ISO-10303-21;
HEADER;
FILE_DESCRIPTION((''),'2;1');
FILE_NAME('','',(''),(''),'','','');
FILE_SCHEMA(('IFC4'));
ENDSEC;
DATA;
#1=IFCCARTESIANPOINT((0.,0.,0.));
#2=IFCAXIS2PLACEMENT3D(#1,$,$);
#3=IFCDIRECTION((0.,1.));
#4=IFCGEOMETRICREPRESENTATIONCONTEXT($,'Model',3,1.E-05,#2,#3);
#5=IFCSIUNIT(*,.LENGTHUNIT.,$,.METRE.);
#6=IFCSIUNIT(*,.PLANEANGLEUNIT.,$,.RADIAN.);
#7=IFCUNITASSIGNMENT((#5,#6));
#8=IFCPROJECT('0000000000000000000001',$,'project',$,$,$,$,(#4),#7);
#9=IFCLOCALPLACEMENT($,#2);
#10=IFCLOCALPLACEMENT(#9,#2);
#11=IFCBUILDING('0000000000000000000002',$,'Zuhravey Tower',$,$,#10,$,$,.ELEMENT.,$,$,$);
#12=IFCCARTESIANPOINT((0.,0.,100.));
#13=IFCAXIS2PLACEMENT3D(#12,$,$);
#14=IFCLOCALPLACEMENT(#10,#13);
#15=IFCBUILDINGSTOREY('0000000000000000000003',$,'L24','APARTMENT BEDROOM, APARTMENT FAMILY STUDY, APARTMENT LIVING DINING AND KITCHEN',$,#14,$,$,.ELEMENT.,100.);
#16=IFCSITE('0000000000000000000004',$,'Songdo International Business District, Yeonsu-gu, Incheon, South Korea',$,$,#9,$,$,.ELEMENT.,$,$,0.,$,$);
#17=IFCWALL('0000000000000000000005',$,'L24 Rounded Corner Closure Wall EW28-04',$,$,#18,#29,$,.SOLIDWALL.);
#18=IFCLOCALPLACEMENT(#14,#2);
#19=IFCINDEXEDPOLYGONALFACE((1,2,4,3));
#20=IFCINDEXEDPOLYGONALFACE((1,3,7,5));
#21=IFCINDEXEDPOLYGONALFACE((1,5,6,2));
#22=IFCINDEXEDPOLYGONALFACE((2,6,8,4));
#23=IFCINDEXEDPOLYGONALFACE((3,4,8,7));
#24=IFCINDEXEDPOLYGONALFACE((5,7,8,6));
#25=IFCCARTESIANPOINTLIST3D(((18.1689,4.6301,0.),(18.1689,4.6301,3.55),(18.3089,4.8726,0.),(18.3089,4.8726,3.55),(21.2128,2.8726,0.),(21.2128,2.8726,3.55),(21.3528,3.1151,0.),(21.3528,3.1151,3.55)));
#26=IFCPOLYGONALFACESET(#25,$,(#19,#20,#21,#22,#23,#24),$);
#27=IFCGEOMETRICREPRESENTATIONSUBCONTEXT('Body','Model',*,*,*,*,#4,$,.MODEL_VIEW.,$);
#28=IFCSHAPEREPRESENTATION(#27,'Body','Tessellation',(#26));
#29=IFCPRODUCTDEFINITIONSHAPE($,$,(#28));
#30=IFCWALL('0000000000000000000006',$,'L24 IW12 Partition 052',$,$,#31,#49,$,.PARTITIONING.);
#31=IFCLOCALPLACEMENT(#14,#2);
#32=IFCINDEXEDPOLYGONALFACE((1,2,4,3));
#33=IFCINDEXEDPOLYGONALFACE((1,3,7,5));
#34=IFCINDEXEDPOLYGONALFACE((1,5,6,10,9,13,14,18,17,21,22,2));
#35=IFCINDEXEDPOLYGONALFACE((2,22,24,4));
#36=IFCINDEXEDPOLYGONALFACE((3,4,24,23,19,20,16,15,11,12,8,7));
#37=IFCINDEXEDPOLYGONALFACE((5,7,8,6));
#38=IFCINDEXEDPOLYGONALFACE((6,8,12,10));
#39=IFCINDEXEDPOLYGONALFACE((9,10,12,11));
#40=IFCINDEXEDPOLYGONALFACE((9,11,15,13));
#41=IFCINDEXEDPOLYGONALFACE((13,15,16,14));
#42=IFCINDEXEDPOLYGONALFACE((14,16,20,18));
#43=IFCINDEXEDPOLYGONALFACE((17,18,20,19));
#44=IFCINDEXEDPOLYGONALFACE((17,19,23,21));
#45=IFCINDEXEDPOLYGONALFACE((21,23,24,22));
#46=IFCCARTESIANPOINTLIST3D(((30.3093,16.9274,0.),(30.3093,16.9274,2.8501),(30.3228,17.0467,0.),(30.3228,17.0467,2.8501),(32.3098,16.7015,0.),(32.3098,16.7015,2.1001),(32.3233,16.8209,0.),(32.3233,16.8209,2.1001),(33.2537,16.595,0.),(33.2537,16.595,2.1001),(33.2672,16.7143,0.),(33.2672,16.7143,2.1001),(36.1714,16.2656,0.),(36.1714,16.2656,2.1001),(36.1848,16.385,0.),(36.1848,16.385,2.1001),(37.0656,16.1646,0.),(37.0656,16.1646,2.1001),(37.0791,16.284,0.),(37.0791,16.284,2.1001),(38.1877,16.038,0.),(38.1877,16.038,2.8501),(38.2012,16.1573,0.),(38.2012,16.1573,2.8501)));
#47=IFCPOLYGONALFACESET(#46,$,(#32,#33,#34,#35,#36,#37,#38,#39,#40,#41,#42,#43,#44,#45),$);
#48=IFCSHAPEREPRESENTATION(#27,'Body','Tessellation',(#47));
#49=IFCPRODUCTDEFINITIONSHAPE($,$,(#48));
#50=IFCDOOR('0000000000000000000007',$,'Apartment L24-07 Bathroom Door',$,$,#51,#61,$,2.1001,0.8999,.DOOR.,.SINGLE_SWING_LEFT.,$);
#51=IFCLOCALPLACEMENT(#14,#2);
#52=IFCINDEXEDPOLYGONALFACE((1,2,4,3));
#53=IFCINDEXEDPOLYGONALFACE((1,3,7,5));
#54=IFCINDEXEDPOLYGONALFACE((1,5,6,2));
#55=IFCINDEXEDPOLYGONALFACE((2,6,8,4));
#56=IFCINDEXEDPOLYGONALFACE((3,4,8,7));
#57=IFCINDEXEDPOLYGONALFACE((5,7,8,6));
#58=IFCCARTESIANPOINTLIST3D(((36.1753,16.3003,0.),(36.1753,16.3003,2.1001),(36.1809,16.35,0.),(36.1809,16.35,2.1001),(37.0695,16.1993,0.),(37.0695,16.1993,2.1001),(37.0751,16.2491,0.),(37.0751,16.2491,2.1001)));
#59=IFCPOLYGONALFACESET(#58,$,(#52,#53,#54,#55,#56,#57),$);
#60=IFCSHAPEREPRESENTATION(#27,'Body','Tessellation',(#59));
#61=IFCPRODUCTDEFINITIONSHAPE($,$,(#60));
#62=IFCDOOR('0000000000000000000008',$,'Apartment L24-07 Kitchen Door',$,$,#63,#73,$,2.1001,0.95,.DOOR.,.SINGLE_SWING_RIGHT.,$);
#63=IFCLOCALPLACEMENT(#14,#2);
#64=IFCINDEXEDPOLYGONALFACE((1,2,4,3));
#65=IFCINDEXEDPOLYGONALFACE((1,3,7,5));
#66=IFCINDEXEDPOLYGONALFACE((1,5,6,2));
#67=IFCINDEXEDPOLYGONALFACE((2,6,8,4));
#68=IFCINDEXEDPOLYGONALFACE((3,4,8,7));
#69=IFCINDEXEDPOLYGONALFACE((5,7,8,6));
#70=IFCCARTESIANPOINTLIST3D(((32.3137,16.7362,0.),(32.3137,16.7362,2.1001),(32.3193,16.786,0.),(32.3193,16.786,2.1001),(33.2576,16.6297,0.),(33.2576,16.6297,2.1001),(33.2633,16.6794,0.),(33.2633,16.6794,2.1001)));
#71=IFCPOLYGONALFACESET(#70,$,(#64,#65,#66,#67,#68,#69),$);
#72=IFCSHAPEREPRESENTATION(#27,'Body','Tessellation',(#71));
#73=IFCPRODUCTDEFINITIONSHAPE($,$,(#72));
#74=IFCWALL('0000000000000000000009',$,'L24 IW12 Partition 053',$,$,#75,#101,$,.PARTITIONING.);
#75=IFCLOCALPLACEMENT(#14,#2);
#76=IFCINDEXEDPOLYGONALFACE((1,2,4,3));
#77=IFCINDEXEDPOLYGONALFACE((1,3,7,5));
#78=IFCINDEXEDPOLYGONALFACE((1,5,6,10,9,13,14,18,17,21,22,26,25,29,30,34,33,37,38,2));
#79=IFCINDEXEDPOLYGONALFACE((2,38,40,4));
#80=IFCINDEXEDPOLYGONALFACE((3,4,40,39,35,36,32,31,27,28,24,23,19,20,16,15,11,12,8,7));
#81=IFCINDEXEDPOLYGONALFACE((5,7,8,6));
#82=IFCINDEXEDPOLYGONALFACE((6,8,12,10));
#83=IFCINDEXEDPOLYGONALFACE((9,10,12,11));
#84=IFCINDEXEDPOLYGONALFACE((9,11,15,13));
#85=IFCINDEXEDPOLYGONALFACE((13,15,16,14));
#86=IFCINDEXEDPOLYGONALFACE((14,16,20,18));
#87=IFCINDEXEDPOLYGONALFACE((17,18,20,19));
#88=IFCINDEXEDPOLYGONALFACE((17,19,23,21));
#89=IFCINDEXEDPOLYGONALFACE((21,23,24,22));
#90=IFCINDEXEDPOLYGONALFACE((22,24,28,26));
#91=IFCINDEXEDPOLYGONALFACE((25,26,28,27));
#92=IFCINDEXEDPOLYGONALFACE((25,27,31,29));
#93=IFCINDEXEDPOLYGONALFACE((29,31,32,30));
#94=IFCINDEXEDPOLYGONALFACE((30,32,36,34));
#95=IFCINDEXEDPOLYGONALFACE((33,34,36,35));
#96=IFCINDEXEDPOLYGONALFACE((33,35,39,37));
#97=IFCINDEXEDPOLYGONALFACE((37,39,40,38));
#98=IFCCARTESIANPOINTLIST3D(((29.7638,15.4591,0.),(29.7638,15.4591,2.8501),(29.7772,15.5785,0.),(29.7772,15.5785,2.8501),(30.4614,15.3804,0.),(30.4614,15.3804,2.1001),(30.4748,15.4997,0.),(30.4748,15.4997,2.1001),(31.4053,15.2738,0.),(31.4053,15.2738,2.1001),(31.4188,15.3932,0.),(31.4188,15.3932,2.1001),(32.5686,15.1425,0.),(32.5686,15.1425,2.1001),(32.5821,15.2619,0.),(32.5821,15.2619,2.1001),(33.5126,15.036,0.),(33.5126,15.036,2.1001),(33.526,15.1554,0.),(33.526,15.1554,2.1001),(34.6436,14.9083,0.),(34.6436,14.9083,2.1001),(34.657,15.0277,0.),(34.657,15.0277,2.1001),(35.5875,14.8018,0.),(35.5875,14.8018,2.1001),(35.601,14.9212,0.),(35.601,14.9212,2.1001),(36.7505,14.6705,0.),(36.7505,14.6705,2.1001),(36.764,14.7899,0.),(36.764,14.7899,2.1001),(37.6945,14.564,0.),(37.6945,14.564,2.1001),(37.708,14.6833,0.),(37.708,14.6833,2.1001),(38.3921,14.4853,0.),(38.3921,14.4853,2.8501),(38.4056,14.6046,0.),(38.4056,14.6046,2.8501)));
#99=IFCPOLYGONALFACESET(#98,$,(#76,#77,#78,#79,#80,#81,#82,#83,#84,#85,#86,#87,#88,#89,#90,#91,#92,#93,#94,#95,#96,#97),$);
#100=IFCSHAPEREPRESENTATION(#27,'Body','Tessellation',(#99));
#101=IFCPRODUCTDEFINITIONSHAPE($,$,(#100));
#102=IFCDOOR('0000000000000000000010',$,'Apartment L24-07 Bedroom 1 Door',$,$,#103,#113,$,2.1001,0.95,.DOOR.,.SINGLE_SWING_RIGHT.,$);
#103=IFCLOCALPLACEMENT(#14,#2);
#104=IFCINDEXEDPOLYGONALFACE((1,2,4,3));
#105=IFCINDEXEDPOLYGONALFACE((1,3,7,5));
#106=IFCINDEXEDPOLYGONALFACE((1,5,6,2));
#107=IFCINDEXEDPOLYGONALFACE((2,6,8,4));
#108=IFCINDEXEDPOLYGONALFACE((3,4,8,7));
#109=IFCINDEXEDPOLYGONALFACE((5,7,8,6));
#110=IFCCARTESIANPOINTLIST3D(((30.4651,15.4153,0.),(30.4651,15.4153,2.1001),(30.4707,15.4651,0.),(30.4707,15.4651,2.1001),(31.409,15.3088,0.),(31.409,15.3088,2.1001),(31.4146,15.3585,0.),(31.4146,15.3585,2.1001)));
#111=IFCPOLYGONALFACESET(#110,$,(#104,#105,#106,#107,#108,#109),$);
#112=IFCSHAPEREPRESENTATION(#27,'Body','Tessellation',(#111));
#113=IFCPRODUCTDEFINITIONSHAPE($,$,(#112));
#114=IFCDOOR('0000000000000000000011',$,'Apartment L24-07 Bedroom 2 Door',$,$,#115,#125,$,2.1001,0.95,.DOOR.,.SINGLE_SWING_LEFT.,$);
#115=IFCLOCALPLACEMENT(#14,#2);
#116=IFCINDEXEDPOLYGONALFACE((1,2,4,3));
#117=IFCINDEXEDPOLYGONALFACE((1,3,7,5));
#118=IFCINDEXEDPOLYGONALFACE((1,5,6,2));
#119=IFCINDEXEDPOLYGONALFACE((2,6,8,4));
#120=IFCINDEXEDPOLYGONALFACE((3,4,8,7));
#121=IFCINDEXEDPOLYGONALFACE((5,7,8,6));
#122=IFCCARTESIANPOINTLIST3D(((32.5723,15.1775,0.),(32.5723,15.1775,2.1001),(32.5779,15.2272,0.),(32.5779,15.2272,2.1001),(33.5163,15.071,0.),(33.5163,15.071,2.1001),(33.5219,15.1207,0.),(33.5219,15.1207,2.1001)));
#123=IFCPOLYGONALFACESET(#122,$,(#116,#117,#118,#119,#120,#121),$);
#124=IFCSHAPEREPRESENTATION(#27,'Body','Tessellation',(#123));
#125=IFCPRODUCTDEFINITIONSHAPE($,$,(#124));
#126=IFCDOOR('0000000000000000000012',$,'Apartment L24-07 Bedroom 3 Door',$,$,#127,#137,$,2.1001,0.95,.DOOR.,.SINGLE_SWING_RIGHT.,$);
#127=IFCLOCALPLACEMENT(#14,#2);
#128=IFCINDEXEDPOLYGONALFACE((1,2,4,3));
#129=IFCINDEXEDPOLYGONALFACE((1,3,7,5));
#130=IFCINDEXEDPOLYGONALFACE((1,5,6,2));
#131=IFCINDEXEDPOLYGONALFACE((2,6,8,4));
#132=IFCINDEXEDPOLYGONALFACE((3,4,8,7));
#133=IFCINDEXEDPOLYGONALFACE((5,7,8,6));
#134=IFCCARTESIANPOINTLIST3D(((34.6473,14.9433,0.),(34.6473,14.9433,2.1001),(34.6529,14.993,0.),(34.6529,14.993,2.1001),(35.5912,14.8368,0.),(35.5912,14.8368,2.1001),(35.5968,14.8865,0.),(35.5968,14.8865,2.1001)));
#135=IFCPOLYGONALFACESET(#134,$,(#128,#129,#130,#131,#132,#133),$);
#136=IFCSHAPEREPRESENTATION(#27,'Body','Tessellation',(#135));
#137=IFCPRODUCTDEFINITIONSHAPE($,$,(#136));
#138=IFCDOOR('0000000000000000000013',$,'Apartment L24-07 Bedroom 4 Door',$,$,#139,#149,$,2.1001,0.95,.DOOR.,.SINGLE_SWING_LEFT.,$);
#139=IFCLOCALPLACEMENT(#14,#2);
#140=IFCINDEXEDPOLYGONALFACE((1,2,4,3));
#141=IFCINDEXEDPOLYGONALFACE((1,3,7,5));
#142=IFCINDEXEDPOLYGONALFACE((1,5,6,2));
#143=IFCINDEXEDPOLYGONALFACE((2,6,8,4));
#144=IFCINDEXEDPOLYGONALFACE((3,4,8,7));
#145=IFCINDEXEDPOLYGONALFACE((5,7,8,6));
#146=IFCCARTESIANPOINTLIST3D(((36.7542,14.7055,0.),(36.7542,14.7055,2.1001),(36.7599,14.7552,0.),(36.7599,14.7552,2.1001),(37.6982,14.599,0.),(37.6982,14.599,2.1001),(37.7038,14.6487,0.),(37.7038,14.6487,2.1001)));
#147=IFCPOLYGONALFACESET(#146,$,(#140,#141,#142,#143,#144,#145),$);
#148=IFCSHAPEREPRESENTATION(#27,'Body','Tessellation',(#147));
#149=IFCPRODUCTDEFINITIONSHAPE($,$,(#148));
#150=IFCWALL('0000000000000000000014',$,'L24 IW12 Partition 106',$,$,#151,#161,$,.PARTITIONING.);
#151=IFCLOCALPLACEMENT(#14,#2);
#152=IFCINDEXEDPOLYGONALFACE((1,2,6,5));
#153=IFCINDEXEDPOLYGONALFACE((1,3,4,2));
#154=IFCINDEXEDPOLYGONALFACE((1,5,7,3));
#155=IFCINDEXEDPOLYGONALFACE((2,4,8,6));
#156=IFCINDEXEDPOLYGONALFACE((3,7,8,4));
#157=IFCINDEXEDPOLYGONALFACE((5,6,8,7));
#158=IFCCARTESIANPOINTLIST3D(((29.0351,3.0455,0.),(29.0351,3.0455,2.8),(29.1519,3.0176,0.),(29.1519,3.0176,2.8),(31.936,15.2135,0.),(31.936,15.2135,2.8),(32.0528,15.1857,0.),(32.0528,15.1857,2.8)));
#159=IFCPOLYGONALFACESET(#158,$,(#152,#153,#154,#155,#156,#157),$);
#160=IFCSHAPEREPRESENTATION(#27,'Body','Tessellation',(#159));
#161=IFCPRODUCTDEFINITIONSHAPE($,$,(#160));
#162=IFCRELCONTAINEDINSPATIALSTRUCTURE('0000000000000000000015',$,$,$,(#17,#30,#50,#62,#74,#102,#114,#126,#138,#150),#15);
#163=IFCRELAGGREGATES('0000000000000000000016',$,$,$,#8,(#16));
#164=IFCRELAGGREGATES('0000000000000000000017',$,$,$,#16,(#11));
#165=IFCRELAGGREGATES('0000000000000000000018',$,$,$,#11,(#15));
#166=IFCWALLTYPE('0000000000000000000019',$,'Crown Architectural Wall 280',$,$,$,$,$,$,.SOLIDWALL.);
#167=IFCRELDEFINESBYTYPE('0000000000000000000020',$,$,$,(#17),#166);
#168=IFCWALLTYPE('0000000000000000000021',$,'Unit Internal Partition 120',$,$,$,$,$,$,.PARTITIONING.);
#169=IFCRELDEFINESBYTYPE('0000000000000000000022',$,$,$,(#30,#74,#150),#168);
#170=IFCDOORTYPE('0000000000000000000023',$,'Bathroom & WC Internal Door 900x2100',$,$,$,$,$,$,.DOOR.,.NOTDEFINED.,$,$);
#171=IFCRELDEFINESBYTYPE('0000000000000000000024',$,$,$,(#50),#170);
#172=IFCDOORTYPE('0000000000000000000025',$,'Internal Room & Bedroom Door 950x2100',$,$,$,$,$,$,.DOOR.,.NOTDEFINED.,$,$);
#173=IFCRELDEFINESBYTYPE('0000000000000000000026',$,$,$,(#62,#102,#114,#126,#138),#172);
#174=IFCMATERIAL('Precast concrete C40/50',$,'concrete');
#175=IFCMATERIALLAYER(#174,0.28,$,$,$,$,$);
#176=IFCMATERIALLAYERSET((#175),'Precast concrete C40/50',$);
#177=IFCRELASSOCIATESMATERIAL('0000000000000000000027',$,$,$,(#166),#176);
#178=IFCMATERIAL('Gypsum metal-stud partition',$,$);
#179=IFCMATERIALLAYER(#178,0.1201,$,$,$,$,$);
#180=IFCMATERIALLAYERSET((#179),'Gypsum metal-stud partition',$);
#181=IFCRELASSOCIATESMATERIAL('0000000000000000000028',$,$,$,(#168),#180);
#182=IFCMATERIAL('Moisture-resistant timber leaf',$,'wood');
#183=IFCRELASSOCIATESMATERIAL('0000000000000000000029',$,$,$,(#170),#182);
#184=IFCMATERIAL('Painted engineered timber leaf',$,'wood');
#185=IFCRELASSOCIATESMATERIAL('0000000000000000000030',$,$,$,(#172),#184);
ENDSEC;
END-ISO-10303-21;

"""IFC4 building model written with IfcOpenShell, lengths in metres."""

from ifc_helpers import new_model, si_unit, direction, frame, frame_2d, origin, place, context, subcontext, project, spatial, rectangle, extrude, material, layer, layer_set, type_object, element, fill, save


model = new_model("IFC4")

# Units and contexts
model_context = context("Model", 3, precision=1e-05, world=origin(), true_north=direction((0.0, 1.0)))
body_context = subcontext(model_context, "Body", "Model", "MODEL_VIEW")
ifc_project = project(units=[si_unit("LENGTHUNIT", "METRE"), si_unit("PLANEANGLEUNIT", "RADIAN")], contexts=[model_context])

# Site, building, storey
site_placement = place(None, origin())
site = spatial("IfcSite", under=ifc_project, at=site_placement, Name="Songdo International Business District, Yeonsu-gu, Incheon, South Korea", CompositionType="ELEMENT", RefElevation=0.0)
building_placement = place(site_placement, origin())
building = spatial("IfcBuilding", under=site, at=building_placement, Name="Zuhravey Tower", CompositionType="ELEMENT")
storey_placement = place(building_placement, frame((0.0, 0.0, 100.0)))
storey = spatial("IfcBuildingStorey", under=building, at=storey_placement, Name="L24", Description="APARTMENT BEDROOM, APARTMENT FAMILY STUDY, APARTMENT LIVING DINING AND KITCHEN", CompositionType="ELEMENT", Elevation=100.0)

# Wall
ifc_material_1 = material(Name="Precast concrete C40/50", Category="concrete")
ifc_layer_1 = layer(ifc_material_1, 0.28)
ifc_layer_set_1 = layer_set([ifc_layer_1], Name="Precast concrete C40/50")
wall_type_1 = type_object("IfcWallType", Name="Crown Architectural Wall 280", PredefinedType="SOLIDWALL", material=ifc_layer_set_1)
wall_1_placement = place(storey_placement, frame((21.2827, 2.9939, 0.0), z_axis=(0.0, 0.0, 1.0), x_axis=(-0.866007, 0.500031, 0.0)))
element("IfcWall", 1, at=wall_1_placement, inside=storey, type_object=wall_type_1, Name="L24 Rounded Corner Closure Wall EW28-04", PredefinedType="SOLIDWALL", context=body_context, shape_type="SweptSolid", body=[
    extrude(rectangle(XDim=3.5149, YDim=0.28, at=frame_2d((1.7573, 0.0))), origin(), (0.0, 0.0, 1.0), 3.55),
])

# Walls, openings, doors
ifc_material_2 = material(Name="Gypsum metal-stud partition")
ifc_layer_2 = layer(ifc_material_2, 0.1201)
ifc_layer_set_2 = layer_set([ifc_layer_2], Name="Gypsum metal-stud partition")
wall_type_2 = type_object("IfcWallType", Name="Unit Internal Partition 120", PredefinedType="PARTITIONING", material=ifc_layer_set_2)
wall_2_placement = place(storey_placement, frame((30.3159, 16.9871, 0.0), z_axis=(0.0, 0.0, 1.0), x_axis=(0.993688, -0.112179, 0.0)))
wall_2 = element("IfcWall", 2, at=wall_2_placement, inside=storey, type_object=wall_type_2, Name="L24 IW12 Partition 052", PredefinedType="PARTITIONING", context=body_context, shape_type="SweptSolid", body=[
    extrude(rectangle(XDim=7.9285, YDim=0.1201, at=frame_2d((3.9644, 0.0))), origin(), (0.0, 0.0, 1.0), 2.8501),
])
opening_1_placement = place(wall_2_placement, frame((2.0132, 0.0, 0.0)))
opening_1 = element("IfcOpeningElement", 3, at=opening_1_placement, cuts=wall_2, PredefinedType="OPENING", context=body_context, shape_type="SweptSolid", body=[
    extrude(rectangle(XDim=0.95, YDim=2.1001, at=frame_2d((0.4751, 1.05))), frame((0.0, 0.072, 0.0), z_axis=(0.0, -1.0, 0.0), x_axis=(1.0, 0.0, 0.0)), (0.0, 0.0, 1.0), 0.144),
])
opening_2_placement = place(wall_2_placement, frame((5.8994, 0.0, 0.0)))
opening_2 = element("IfcOpeningElement", 4, at=opening_2_placement, cuts=wall_2, PredefinedType="OPENING", context=body_context, shape_type="SweptSolid", body=[
    extrude(rectangle(XDim=0.8999, YDim=2.1001, at=frame_2d((0.45, 1.05))), frame((0.0, 0.072, 0.0), z_axis=(0.0, -1.0, 0.0), x_axis=(1.0, 0.0, 0.0)), (0.0, 0.0, 1.0), 0.144),
])
ifc_material_3 = material(Name="Moisture-resistant timber leaf", Category="wood")
door_type_1 = type_object("IfcDoorType", Name="Bathroom & WC Internal Door 900x2100", OperationType="NOTDEFINED", PredefinedType="DOOR", material=ifc_material_3)
door_1_placement = place(opening_2_placement, origin())
door_1 = element("IfcDoor", 5, at=door_1_placement, inside=storey, type_object=door_type_1, Name="Apartment L24-07 Bathroom Door", OperationType="SINGLE_SWING_LEFT", OverallHeight=2.1001, OverallWidth=0.8999, PredefinedType="DOOR", context=body_context, shape_type="SweptSolid", body=[
    extrude(rectangle(XDim=0.8999, YDim=2.1001, at=frame_2d((0.45, 1.05))), frame((0.0, 0.0249, 0.0), z_axis=(0.0, -1.0, 0.0), x_axis=(1.0, 0.0, 0.0)), (0.0, 0.0, 1.0), 0.05),
])
fill(opening_2, door_1)
ifc_material_4 = material(Name="Painted engineered timber leaf", Category="wood")
door_type_2 = type_object("IfcDoorType", Name="Internal Room & Bedroom Door 950x2100", OperationType="NOTDEFINED", PredefinedType="DOOR", material=ifc_material_4)
door_2_placement = place(opening_1_placement, origin())
door_2 = element("IfcDoor", 6, at=door_2_placement, inside=storey, type_object=door_type_2, Name="Apartment L24-07 Kitchen Door", OperationType="SINGLE_SWING_RIGHT", OverallHeight=2.1001, OverallWidth=0.95, PredefinedType="DOOR", context=body_context, shape_type="SweptSolid", body=[
    extrude(rectangle(XDim=0.95, YDim=2.1001, at=frame_2d((0.4751, 1.05))), frame((0.0, 0.0249, 0.0), z_axis=(0.0, -1.0, 0.0), x_axis=(1.0, 0.0, 0.0)), (0.0, 0.0, 1.0), 0.05),
])
fill(opening_1, door_2)
wall_3_placement = place(storey_placement, frame((29.7705, 15.5188, 0.0), z_axis=(0.0, 0.0, 1.0), x_axis=(0.993691, -0.112156, 0.0)))
wall_3 = element("IfcWall", 7, at=wall_3_placement, inside=storey, type_object=wall_type_2, Name="L24 IW12 Partition 053", PredefinedType="PARTITIONING", context=body_context, shape_type="SweptSolid", body=[
    extrude(rectangle(XDim=8.6831, YDim=0.1201, at=frame_2d((4.3416, 0.0))), origin(), (0.0, 0.0, 1.0), 2.8501),
])
opening_3_placement = place(wall_3_placement, frame((0.7019, 0.0, 0.0)))
opening_3 = element("IfcOpeningElement", 8, at=opening_3_placement, cuts=wall_3, PredefinedType="OPENING", context=body_context, shape_type="SweptSolid", body=[
    extrude(rectangle(XDim=0.95, YDim=2.1001, at=frame_2d((0.4751, 1.05))), frame((0.0, 0.072, 0.0), z_axis=(0.0, -1.0, 0.0), x_axis=(1.0, 0.0, 0.0)), (0.0, 0.0, 1.0), 0.144),
])
opening_4_placement = place(wall_3_placement, frame((2.8225, 0.0, 0.0)))
opening_4 = element("IfcOpeningElement", 9, at=opening_4_placement, cuts=wall_3, PredefinedType="OPENING", context=body_context, shape_type="SweptSolid", body=[
    extrude(rectangle(XDim=0.95, YDim=2.1001, at=frame_2d((0.4751, 1.05))), frame((0.0, 0.072, 0.0), z_axis=(0.0, -1.0, 0.0), x_axis=(1.0, 0.0, 0.0)), (0.0, 0.0, 1.0), 0.144),
])
opening_5_placement = place(wall_3_placement, frame((4.9106, 0.0, 0.0)))
opening_5 = element("IfcOpeningElement", 10, at=opening_5_placement, cuts=wall_3, PredefinedType="OPENING", context=body_context, shape_type="SweptSolid", body=[
    extrude(rectangle(XDim=0.95, YDim=2.1001, at=frame_2d((0.4751, 1.05))), frame((0.0, 0.072, 0.0), z_axis=(0.0, -1.0, 0.0), x_axis=(1.0, 0.0, 0.0)), (0.0, 0.0, 1.0), 0.144),
])
opening_6_placement = place(wall_3_placement, frame((7.031, 0.0, 0.0)))
opening_6 = element("IfcOpeningElement", 11, at=opening_6_placement, cuts=wall_3, PredefinedType="OPENING", context=body_context, shape_type="SweptSolid", body=[
    extrude(rectangle(XDim=0.95, YDim=2.1001, at=frame_2d((0.4751, 1.05))), frame((0.0, 0.072, 0.0), z_axis=(0.0, -1.0, 0.0), x_axis=(1.0, 0.0, 0.0)), (0.0, 0.0, 1.0), 0.144),
])
door_3_placement = place(opening_3_placement, frame((0.95, 0.0, 0.0), z_axis=(0.0, 0.0, 1.0), x_axis=(-1.0, 0.0, 0.0)))
door_3 = element("IfcDoor", 12, at=door_3_placement, inside=storey, type_object=door_type_2, Name="Apartment L24-07 Bedroom 1 Door", OperationType="SINGLE_SWING_RIGHT", OverallHeight=2.1001, OverallWidth=0.95, PredefinedType="DOOR", context=body_context, shape_type="SweptSolid", body=[
    extrude(rectangle(XDim=0.95, YDim=2.1001, at=frame_2d((0.4751, 1.05))), frame((0.0, 0.0249, 0.0), z_axis=(0.0, -1.0, 0.0), x_axis=(1.0, 0.0, 0.0)), (0.0, 0.0, 1.0), 0.05),
])
fill(opening_3, door_3)
door_4_placement = place(opening_4_placement, frame((0.95, 0.0, 0.0), z_axis=(0.0, 0.0, 1.0), x_axis=(-1.0, 0.0, 0.0)))
door_4 = element("IfcDoor", 13, at=door_4_placement, inside=storey, type_object=door_type_2, Name="Apartment L24-07 Bedroom 2 Door", OperationType="SINGLE_SWING_LEFT", OverallHeight=2.1001, OverallWidth=0.95, PredefinedType="DOOR", context=body_context, shape_type="SweptSolid", body=[
    extrude(rectangle(XDim=0.95, YDim=2.1001, at=frame_2d((0.4751, 1.05))), frame((0.0, 0.0249, 0.0), z_axis=(0.0, -1.0, 0.0), x_axis=(1.0, 0.0, 0.0)), (0.0, 0.0, 1.0), 0.05),
])
fill(opening_4, door_4)
door_5_placement = place(opening_5_placement, frame((0.95, 0.0, 0.0), z_axis=(0.0, 0.0, 1.0), x_axis=(-1.0, 0.0, 0.0)))
door_5 = element("IfcDoor", 14, at=door_5_placement, inside=storey, type_object=door_type_2, Name="Apartment L24-07 Bedroom 3 Door", OperationType="SINGLE_SWING_RIGHT", OverallHeight=2.1001, OverallWidth=0.95, PredefinedType="DOOR", context=body_context, shape_type="SweptSolid", body=[
    extrude(rectangle(XDim=0.95, YDim=2.1001, at=frame_2d((0.4751, 1.05))), frame((0.0, 0.0249, 0.0), z_axis=(0.0, -1.0, 0.0), x_axis=(1.0, 0.0, 0.0)), (0.0, 0.0, 1.0), 0.05),
])
fill(opening_5, door_5)
door_6_placement = place(opening_6_placement, frame((0.95, 0.0, 0.0), z_axis=(0.0, 0.0, 1.0), x_axis=(-1.0, 0.0, 0.0)))
door_6 = element("IfcDoor", 15, at=door_6_placement, inside=storey, type_object=door_type_2, Name="Apartment L24-07 Bedroom 4 Door", OperationType="SINGLE_SWING_LEFT", OverallHeight=2.1001, OverallWidth=0.95, PredefinedType="DOOR", context=body_context, shape_type="SweptSolid", body=[
    extrude(rectangle(XDim=0.95, YDim=2.1001, at=frame_2d((0.4751, 1.05))), frame((0.0, 0.0249, 0.0), z_axis=(0.0, -1.0, 0.0), x_axis=(1.0, 0.0, 0.0)), (0.0, 0.0, 1.0), 0.05),
])
fill(opening_6, door_6)

# Wall
wall_4_placement = place(storey_placement, frame((31.9944, 15.1995, 0.0), z_axis=(0.0, 0.0, 1.0), x_axis=(-0.231904, -0.972739, 0.0)))
element("IfcWall", 16, at=wall_4_placement, inside=storey, type_object=wall_type_2, Name="L24 IW12 Partition 106", PredefinedType="PARTITIONING", context=body_context, shape_type="SweptSolid", body=[
    extrude(rectangle(XDim=12.509, YDim=0.1201, at=frame_2d((6.2544, 0.0))), origin(), (0.0, 0.0, 1.0), 2.8),
])

save(model, "model.ifc")
